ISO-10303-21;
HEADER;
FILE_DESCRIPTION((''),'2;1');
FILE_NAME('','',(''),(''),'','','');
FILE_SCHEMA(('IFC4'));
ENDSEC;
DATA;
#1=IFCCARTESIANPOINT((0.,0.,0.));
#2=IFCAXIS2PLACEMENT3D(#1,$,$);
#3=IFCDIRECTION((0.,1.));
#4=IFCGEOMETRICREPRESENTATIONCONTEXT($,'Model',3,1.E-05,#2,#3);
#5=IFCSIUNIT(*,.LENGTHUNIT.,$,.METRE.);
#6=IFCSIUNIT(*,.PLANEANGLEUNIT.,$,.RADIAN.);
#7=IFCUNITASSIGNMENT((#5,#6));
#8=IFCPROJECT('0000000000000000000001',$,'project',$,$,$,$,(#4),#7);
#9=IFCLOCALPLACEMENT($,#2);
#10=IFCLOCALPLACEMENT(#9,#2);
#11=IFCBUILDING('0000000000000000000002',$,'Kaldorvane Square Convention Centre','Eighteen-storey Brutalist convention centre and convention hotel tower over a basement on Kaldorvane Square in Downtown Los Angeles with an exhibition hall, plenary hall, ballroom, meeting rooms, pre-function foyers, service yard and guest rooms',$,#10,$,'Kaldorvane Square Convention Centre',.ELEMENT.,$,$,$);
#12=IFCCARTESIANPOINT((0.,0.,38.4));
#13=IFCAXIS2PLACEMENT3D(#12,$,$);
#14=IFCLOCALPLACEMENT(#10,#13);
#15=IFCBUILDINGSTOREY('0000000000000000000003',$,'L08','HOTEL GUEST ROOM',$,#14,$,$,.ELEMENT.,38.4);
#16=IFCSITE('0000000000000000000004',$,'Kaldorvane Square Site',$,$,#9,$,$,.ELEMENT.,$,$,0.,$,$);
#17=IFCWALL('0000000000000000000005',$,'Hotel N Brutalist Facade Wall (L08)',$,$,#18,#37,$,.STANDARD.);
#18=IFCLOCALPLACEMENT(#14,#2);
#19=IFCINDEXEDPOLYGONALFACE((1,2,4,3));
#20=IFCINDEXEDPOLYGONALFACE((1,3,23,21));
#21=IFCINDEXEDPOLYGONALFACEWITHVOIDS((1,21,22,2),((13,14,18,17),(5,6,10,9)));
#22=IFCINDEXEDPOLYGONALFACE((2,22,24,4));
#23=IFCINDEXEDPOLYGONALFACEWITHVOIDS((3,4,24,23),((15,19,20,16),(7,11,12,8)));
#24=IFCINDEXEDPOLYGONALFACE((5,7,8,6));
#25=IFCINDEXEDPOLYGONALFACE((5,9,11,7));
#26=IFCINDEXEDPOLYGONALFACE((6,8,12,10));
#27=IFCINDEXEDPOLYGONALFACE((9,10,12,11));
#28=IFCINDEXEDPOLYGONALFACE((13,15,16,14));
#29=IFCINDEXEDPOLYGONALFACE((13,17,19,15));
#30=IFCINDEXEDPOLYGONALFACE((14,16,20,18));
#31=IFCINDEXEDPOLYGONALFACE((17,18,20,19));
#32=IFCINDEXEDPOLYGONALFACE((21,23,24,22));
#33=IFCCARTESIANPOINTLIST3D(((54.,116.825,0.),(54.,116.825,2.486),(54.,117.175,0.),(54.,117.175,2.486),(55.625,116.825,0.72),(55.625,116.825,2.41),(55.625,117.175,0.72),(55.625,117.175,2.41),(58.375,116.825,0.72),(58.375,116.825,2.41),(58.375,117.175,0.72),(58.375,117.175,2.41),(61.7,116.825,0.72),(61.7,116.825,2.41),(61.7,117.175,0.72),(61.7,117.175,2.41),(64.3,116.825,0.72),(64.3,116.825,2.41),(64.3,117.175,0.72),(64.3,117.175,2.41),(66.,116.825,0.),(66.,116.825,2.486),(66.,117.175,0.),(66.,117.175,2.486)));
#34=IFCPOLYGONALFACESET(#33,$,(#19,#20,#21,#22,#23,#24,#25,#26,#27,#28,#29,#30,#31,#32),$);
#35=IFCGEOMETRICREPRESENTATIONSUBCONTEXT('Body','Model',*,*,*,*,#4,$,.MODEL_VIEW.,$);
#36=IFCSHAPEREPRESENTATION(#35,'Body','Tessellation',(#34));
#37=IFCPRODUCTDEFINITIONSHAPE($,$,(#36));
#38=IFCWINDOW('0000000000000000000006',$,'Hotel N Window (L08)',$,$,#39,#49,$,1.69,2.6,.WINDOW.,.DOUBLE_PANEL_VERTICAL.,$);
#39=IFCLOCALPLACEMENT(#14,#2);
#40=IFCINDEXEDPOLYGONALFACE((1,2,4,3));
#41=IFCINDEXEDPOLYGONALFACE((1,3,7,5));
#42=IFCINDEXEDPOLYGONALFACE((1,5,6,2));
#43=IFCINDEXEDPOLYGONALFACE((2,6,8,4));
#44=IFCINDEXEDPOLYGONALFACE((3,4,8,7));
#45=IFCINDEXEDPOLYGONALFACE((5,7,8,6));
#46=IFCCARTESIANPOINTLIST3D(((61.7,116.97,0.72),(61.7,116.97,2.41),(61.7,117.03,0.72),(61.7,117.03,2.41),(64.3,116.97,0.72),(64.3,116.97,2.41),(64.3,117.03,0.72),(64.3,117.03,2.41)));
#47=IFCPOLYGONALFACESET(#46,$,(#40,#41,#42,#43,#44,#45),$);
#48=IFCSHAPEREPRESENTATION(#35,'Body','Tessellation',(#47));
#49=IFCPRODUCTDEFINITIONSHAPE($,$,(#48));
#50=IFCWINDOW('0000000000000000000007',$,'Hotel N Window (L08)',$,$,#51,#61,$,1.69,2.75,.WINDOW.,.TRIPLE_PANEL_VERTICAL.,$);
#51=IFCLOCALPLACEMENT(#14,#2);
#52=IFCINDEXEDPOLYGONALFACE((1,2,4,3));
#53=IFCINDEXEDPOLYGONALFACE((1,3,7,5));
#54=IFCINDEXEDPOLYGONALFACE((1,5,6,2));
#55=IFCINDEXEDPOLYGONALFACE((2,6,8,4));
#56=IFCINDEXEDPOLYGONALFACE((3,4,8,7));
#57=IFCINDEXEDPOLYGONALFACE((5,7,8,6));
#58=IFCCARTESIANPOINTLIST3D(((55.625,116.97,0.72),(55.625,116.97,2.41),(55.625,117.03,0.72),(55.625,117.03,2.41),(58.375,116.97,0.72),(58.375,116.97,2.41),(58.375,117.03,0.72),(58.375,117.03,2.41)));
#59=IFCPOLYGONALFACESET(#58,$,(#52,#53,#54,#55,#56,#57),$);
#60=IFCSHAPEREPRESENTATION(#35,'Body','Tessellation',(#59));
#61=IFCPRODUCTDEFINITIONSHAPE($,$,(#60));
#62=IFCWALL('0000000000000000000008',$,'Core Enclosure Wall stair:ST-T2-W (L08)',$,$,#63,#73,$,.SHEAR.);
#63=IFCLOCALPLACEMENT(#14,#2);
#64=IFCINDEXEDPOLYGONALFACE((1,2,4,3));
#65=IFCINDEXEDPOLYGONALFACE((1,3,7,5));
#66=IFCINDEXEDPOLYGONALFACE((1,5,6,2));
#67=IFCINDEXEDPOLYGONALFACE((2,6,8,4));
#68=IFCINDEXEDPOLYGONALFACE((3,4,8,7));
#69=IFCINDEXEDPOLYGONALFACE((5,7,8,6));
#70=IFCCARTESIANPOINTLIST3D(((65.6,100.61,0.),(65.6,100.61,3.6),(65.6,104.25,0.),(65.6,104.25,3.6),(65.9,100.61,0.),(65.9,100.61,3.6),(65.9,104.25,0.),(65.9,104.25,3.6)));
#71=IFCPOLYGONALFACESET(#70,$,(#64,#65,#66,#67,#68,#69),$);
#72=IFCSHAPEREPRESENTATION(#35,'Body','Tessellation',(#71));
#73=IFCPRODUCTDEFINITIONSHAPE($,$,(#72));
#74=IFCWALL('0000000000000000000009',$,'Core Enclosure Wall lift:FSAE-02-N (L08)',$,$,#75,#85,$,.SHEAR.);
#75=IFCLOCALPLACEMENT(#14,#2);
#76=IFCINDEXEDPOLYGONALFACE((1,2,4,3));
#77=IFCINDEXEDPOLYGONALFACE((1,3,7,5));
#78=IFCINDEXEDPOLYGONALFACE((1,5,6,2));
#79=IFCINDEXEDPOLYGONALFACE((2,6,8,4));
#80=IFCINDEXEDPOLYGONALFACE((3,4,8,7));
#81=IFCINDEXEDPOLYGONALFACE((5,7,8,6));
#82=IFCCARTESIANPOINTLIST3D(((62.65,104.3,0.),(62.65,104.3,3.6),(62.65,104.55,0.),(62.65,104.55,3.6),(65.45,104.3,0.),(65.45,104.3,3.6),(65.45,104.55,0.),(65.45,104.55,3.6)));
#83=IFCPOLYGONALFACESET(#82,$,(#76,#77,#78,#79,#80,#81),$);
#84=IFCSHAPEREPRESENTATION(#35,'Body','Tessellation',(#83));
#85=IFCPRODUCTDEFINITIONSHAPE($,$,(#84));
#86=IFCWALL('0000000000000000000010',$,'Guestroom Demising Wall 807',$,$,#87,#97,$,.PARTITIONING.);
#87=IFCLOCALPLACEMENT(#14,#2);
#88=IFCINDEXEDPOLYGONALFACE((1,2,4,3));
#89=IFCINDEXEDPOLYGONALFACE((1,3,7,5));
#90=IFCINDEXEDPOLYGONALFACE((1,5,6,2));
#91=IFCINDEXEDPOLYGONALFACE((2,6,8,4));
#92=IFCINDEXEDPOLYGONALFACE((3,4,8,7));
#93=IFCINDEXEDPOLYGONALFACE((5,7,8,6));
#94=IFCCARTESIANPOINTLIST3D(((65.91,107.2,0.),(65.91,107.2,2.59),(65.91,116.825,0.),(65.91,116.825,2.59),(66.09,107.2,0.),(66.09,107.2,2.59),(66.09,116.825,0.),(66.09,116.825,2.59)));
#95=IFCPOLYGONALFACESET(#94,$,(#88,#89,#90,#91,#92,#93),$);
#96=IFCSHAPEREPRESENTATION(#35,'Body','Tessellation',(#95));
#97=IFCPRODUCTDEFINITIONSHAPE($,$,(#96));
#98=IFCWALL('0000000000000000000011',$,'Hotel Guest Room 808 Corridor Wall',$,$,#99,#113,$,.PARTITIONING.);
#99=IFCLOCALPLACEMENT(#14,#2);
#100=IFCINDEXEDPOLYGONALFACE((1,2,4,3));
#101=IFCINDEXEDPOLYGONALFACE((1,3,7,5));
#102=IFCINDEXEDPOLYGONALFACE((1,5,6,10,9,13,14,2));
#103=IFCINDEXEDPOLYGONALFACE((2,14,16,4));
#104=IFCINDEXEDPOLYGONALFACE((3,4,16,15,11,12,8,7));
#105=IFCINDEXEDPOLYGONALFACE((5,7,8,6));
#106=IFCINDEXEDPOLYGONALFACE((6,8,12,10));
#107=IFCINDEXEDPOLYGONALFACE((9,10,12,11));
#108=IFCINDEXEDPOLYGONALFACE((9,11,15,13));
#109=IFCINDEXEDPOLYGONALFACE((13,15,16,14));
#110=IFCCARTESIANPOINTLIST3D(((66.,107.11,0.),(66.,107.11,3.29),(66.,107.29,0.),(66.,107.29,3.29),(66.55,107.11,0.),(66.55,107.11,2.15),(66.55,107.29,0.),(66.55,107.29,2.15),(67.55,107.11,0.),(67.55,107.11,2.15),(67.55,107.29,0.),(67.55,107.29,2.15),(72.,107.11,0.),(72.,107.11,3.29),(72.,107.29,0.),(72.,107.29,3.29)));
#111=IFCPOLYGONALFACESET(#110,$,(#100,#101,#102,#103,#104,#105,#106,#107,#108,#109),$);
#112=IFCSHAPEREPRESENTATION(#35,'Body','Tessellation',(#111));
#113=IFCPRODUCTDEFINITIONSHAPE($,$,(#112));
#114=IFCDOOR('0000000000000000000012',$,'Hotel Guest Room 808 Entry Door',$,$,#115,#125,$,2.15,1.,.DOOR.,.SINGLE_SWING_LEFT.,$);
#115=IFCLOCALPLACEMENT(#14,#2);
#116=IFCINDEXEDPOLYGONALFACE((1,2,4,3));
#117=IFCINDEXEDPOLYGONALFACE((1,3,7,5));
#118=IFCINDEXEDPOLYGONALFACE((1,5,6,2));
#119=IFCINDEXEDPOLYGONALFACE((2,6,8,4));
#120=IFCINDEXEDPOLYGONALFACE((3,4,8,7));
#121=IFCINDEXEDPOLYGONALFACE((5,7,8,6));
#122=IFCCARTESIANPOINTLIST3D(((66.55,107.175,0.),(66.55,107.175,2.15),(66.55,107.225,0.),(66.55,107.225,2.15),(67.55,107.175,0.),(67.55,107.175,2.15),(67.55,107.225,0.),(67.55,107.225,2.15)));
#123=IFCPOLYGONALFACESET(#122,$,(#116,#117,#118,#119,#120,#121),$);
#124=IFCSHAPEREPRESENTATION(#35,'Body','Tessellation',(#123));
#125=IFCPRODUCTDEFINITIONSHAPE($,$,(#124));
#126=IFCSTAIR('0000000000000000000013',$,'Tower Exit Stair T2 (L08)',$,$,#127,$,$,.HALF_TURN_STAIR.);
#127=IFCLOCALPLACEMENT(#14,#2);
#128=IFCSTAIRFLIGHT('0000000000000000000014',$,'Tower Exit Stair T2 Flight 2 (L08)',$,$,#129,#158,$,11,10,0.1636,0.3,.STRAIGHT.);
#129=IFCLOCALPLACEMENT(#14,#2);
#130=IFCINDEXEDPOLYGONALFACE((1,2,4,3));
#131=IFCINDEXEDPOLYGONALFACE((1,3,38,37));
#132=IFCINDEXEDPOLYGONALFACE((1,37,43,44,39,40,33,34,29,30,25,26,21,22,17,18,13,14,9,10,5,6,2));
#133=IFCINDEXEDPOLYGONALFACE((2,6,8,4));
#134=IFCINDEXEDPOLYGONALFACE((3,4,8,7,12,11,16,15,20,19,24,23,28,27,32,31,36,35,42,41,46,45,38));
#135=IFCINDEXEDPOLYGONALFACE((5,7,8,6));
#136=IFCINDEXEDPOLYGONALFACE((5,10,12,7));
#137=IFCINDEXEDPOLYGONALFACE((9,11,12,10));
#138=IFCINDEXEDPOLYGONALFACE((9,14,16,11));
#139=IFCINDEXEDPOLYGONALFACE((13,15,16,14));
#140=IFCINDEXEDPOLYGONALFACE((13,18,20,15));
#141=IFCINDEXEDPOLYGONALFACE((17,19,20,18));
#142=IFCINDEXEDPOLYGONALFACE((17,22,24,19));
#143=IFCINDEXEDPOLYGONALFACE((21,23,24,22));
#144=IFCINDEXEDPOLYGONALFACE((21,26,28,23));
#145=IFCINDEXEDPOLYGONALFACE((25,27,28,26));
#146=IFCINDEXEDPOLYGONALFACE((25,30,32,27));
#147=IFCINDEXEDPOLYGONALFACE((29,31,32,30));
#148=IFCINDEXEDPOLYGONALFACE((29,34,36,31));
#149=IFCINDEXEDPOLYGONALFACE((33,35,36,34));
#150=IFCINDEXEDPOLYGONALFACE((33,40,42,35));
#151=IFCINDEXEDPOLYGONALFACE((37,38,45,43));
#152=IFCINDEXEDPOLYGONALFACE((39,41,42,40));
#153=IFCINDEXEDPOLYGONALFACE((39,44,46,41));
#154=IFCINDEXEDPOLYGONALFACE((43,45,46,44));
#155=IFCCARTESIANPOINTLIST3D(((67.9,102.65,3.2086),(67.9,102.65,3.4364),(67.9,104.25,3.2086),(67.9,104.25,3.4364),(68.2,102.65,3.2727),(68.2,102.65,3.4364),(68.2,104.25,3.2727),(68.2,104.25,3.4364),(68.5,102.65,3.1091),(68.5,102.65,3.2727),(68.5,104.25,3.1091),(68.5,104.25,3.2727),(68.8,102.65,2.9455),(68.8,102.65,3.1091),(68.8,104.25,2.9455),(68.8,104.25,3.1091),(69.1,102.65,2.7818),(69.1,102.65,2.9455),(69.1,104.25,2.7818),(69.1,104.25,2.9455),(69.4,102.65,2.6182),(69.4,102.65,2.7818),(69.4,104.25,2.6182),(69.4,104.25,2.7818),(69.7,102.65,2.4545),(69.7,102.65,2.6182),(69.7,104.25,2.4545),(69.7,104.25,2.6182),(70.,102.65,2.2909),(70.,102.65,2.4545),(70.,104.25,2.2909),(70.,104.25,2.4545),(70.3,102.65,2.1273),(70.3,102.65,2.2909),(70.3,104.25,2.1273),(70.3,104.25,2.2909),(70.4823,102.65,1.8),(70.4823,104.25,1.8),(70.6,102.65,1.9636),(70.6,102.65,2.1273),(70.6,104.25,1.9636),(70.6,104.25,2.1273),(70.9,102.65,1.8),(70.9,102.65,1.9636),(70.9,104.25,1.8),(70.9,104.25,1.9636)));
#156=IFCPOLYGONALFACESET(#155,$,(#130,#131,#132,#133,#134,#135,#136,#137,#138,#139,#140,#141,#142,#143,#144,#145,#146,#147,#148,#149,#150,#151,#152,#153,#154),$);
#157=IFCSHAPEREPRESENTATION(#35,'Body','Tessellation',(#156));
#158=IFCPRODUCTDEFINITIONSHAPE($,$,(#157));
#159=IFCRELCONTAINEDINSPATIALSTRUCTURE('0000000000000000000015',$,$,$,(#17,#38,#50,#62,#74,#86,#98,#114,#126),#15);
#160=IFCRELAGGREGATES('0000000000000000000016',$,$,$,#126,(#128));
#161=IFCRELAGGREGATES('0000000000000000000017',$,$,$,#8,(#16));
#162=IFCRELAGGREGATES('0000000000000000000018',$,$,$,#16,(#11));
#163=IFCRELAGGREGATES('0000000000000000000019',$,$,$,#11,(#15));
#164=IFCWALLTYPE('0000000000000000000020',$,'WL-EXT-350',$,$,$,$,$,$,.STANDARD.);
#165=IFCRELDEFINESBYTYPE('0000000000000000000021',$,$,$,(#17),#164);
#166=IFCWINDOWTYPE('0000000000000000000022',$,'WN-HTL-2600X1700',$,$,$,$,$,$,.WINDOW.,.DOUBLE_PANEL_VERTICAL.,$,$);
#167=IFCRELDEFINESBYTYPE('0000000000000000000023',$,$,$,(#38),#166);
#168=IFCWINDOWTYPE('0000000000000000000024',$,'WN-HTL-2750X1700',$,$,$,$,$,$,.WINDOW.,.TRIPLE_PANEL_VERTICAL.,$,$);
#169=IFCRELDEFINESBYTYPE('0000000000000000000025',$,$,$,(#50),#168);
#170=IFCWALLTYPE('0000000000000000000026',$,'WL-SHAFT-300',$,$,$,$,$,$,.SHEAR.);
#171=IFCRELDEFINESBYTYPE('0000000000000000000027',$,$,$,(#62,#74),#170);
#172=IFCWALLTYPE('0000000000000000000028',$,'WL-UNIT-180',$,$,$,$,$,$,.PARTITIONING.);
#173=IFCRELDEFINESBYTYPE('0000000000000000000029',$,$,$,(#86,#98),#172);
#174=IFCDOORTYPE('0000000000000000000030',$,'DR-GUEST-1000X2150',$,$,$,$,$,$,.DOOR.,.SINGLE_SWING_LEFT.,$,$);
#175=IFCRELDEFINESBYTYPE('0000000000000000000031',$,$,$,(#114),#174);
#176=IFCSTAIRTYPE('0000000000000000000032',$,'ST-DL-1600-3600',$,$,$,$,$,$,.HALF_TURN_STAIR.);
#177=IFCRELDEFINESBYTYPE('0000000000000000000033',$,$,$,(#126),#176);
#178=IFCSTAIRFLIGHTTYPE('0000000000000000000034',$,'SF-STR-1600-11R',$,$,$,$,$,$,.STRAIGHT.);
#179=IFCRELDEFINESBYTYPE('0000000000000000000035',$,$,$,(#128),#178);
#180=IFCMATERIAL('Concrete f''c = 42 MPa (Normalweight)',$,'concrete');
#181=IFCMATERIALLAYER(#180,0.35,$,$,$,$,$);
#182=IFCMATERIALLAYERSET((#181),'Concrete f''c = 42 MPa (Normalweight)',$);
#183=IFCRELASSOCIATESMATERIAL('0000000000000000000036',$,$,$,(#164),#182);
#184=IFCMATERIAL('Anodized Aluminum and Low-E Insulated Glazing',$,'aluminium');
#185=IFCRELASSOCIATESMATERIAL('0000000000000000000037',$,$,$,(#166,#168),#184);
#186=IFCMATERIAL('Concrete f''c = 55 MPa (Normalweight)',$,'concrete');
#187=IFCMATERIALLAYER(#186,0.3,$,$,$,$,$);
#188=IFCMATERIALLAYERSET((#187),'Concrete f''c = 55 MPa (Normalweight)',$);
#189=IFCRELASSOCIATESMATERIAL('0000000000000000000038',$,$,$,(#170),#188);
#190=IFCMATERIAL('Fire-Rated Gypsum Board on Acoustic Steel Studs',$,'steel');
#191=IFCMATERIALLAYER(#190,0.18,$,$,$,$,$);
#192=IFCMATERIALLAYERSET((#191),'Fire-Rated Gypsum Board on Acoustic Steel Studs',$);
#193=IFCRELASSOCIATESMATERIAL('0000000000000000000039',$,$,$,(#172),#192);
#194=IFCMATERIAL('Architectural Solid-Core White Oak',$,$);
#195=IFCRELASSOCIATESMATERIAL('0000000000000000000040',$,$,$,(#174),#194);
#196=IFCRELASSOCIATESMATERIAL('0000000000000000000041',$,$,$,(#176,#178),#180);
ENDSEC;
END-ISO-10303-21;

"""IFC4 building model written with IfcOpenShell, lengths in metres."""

from ifc_helpers import new_model, si_unit, direction, frame, frame_2d, origin, place, context, subcontext, project, spatial, polyline, rectangle, outline, extrude, material, layer, layer_set, type_object, element, fill, aggregate, save


model = new_model("IFC4")

# Units and contexts
model_context = context("Model", 3, precision=1e-05, world=origin(), true_north=direction((0.0, 1.0)))
body_context = subcontext(model_context, "Body", "Model", "MODEL_VIEW")
ifc_project = project(units=[si_unit("LENGTHUNIT", "METRE"), si_unit("PLANEANGLEUNIT", "RADIAN")], contexts=[model_context])

# Site, building, storey
site_placement = place(None, origin())
site = spatial("IfcSite", under=ifc_project, at=site_placement, Name="Kaldorvane Square Site", CompositionType="ELEMENT", RefElevation=0.0)
building_placement = place(site_placement, origin())
building = spatial("IfcBuilding", under=site, at=building_placement, Name="Kaldorvane Square Convention Centre", Description="Eighteen-storey Brutalist convention centre and convention hotel tower over a basement on Kaldorvane Square in Downtown Los Angeles with an exhibition hall, plenary hall, ballroom, meeting rooms, pre-function foyers, service yard and guest rooms", LongName="Kaldorvane Square Convention Centre", CompositionType="ELEMENT")
storey_placement = place(building_placement, frame((0.0, 0.0, 38.4)))
storey = spatial("IfcBuildingStorey", under=building, at=storey_placement, Name="L08", Description="HOTEL GUEST ROOM", CompositionType="ELEMENT", Elevation=38.4)

# Shared definitions
ifc_material_1 = material(Name="Concrete f'c = 42 MPa (Normalweight)", Category="concrete")

# Shared definitions
ifc_material_2 = material(Name="Fire-Rated Gypsum Board on Acoustic Steel Studs", Category="steel")
ifc_material_3 = material(Name="Architectural Solid-Core White Oak")

# Wall, openings, windows
ifc_layer_1 = layer(ifc_material_1, 0.35)
ifc_layer_set_1 = layer_set([ifc_layer_1], Name="Concrete f'c = 42 MPa (Normalweight)")
wall_type_1 = type_object("IfcWallType", Name="WL-EXT-350", PredefinedType="STANDARD", material=ifc_layer_set_1)
wall_1_placement = place(storey_placement, frame((66.0, 117.0, 0.0), z_axis=(0.0, 0.0, 1.0), x_axis=(-1.0, 0.0, 0.0)))
wall_1 = element("IfcWall", 1, at=wall_1_placement, inside=storey, type_object=wall_type_1, Name="Hotel N Brutalist Facade Wall (L08)", PredefinedType="STANDARD", context=body_context, shape_type="SweptSolid", body=[
    extrude(rectangle(XDim=12.0, YDim=0.35, at=frame_2d((6.0, 0.0))), origin(), (0.0, 0.0, 1.0), 2.486),
])
opening_1_placement = place(wall_1_placement, frame((1.7, 0.0, 0.72)))
opening_1 = element("IfcOpeningElement", 2, at=opening_1_placement, cuts=wall_1, PredefinedType="OPENING", context=body_context, shape_type="SweptSolid", body=[
    extrude(rectangle(XDim=2.6, YDim=1.69, at=frame_2d((1.3, 0.845))), frame((0.0, 0.19, 0.0), z_axis=(0.0, -1.0, 0.0), x_axis=(1.0, 0.0, 0.0)), (0.0, 0.0, 1.0), 0.38),
])
opening_2_placement = place(wall_1_placement, frame((7.625, 0.0, 0.72)))
opening_2 = element("IfcOpeningElement", 3, at=opening_2_placement, cuts=wall_1, PredefinedType="OPENING", context=body_context, shape_type="SweptSolid", body=[
    extrude(rectangle(XDim=2.75, YDim=1.69, at=frame_2d((1.375, 0.845))), frame((0.0, 0.19, 0.0), z_axis=(0.0, -1.0, 0.0), x_axis=(1.0, 0.0, 0.0)), (0.0, 0.0, 1.0), 0.38),
])
ifc_material_4 = material(Name="Anodized Aluminum and Low-E Insulated Glazing", Category="aluminium")
window_type_1 = type_object("IfcWindowType", Name="WN-HTL-2600X1700", PartitioningType="DOUBLE_PANEL_VERTICAL", PredefinedType="WINDOW", material=ifc_material_4)
window_1_placement = place(opening_1_placement, origin())
window_1 = element("IfcWindow", 4, at=window_1_placement, inside=storey, type_object=window_type_1, Name="Hotel N Window (L08)", OverallHeight=1.69, OverallWidth=2.6, PartitioningType="DOUBLE_PANEL_VERTICAL", PredefinedType="WINDOW", context=body_context, shape_type="SweptSolid", body=[
    extrude(rectangle(XDim=2.6, YDim=1.69, at=frame_2d((1.3, 0.845))), frame((0.0, 0.03, 0.0), z_axis=(0.0, -1.0, 0.0), x_axis=(1.0, 0.0, 0.0)), (0.0, 0.0, 1.0), 0.06),
])
fill(opening_1, window_1)
window_type_2 = type_object("IfcWindowType", Name="WN-HTL-2750X1700", PartitioningType="TRIPLE_PANEL_VERTICAL", PredefinedType="WINDOW", material=ifc_material_4)
window_2_placement = place(opening_2_placement, origin())
window_2 = element("IfcWindow", 5, at=window_2_placement, inside=storey, type_object=window_type_2, Name="Hotel N Window (L08)", OverallHeight=1.69, OverallWidth=2.75, PartitioningType="TRIPLE_PANEL_VERTICAL", PredefinedType="WINDOW", context=body_context, shape_type="SweptSolid", body=[
    extrude(rectangle(XDim=2.75, YDim=1.69, at=frame_2d((1.375, 0.845))), frame((0.0, 0.03, 0.0), z_axis=(0.0, -1.0, 0.0), x_axis=(1.0, 0.0, 0.0)), (0.0, 0.0, 1.0), 0.06),
])
fill(opening_2, window_2)

# Walls
ifc_material_5 = material(Name="Concrete f'c = 55 MPa (Normalweight)", Category="concrete")
ifc_layer_2 = layer(ifc_material_5, 0.3)
ifc_layer_set_2 = layer_set([ifc_layer_2], Name="Concrete f'c = 55 MPa (Normalweight)")
wall_type_2 = type_object("IfcWallType", Name="WL-SHAFT-300", PredefinedType="SHEAR", material=ifc_layer_set_2)
wall_2_placement = place(storey_placement, frame((65.75, 104.25, 0.0), z_axis=(0.0, 0.0, 1.0), x_axis=(0.0, -1.0, 0.0)))
element("IfcWall", 6, at=wall_2_placement, inside=storey, type_object=wall_type_2, Name="Core Enclosure Wall stair:ST-T2-W (L08)", PredefinedType="SHEAR", context=body_context, shape_type="SweptSolid", body=[
    extrude(rectangle(XDim=3.64, YDim=0.3, at=frame_2d((1.82, 0.0))), origin(), (0.0, 0.0, 1.0), 3.6),
])
wall_3_placement = place(storey_placement, frame((65.45, 104.425, 0.0), z_axis=(0.0, 0.0, 1.0), x_axis=(-1.0, 0.0, 0.0)))
element("IfcWall", 7, at=wall_3_placement, inside=storey, type_object=wall_type_2, Name="Core Enclosure Wall lift:FSAE-02-N (L08)", PredefinedType="SHEAR", context=body_context, shape_type="SweptSolid", body=[
    extrude(rectangle(XDim=2.8, YDim=0.25, at=frame_2d((1.4, 0.0))), origin(), (0.0, 0.0, 1.0), 3.6),
])
ifc_layer_3 = layer(ifc_material_2, 0.18)
ifc_layer_set_3 = layer_set([ifc_layer_3], Name="Fire-Rated Gypsum Board on Acoustic Steel Studs")
wall_type_3 = type_object("IfcWallType", Name="WL-UNIT-180", PredefinedType="PARTITIONING", material=ifc_layer_set_3)
wall_4_placement = place(storey_placement, frame((66.0, 107.2, 0.0), z_axis=(0.0, 0.0, 1.0), x_axis=(0.0, 1.0, 0.0)))
element("IfcWall", 8, at=wall_4_placement, inside=storey, type_object=wall_type_3, Name="Guestroom Demising Wall 807", PredefinedType="PARTITIONING", context=body_context, shape_type="SweptSolid", body=[
    extrude(rectangle(XDim=9.625, YDim=0.18, at=frame_2d((4.8125, 0.0))), origin(), (0.0, 0.0, 1.0), 2.59),
])

# Wall, opening, door
wall_5_placement = place(storey_placement, frame((66.0, 107.2, 0.0), z_axis=(0.0, 0.0, 1.0), x_axis=(1.0, 0.0, 0.0)))
wall_5 = element("IfcWall", 9, at=wall_5_placement, inside=storey, type_object=wall_type_3, Name="Hotel Guest Room 808 Corridor Wall", PredefinedType="PARTITIONING", context=body_context, shape_type="SweptSolid", body=[
    extrude(rectangle(XDim=6.0, YDim=0.18, at=frame_2d((3.0, 0.0))), origin(), (0.0, 0.0, 1.0), 3.29),
])
opening_3_placement = place(wall_5_placement, frame((0.55, 0.0, 0.0)))
opening_3 = element("IfcOpeningElement", 10, at=opening_3_placement, cuts=wall_5, PredefinedType="OPENING", context=body_context, shape_type="SweptSolid", body=[
    extrude(rectangle(XDim=1.0, YDim=2.15, at=frame_2d((0.5, 1.075))), frame((0.0, 0.105, 0.0), z_axis=(0.0, -1.0, 0.0), x_axis=(1.0, 0.0, 0.0)), (0.0, 0.0, 1.0), 0.21),
])
door_type_1 = type_object("IfcDoorType", Name="DR-GUEST-1000X2150", OperationType="SINGLE_SWING_LEFT", PredefinedType="DOOR", material=ifc_material_3)
door_1_placement = place(opening_3_placement, origin())
door_1 = element("IfcDoor", 11, at=door_1_placement, inside=storey, type_object=door_type_1, Name="Hotel Guest Room 808 Entry Door", OperationType="SINGLE_SWING_LEFT", OverallHeight=2.15, OverallWidth=1.0, PredefinedType="DOOR", context=body_context, shape_type="SweptSolid", body=[
    extrude(rectangle(XDim=1.0, YDim=2.15, at=frame_2d((0.5, 1.075))), frame((0.0, 0.025, 0.0), z_axis=(0.0, -1.0, 0.0), x_axis=(1.0, 0.0, 0.0)), (0.0, 0.0, 1.0), 0.05),
])
fill(opening_3, door_1)

# Stair, stair flight
stair_type = type_object("IfcStairType", Name="ST-DL-1600-3600", PredefinedType="HALF_TURN_STAIR", material=ifc_material_1)
stair_placement = place(storey_placement, origin())
stair = element("IfcStair", 12, at=stair_placement, inside=storey, type_object=stair_type, Name="Tower Exit Stair T2 (L08)", PredefinedType="HALF_TURN_STAIR")
stair_flight_type = type_object("IfcStairFlightType", Name="SF-STR-1600-11R", PredefinedType="STRAIGHT", material=ifc_material_1)
stair_flight_placement = place(storey_placement, frame((70.9, 103.45, 1.8), z_axis=(0.0, 0.0, 1.0), x_axis=(-1.0, 0.0, 0.0)))
stair_flight = element("IfcStairFlight", 13, at=stair_flight_placement, type_object=stair_flight_type, Name="Tower Exit Stair T2 Flight 2 (L08)", NumberOfRisers=11, NumberOfTreads=10, PredefinedType="STRAIGHT", RiserHeight=0.1636, TreadLength=0.3, context=body_context, shape_type="SweptSolid", body=[
    extrude(outline(polyline([(0.0, 0.0), (0.0, 0.1636), (0.3, 0.1636), (0.3, 0.3273), (0.6, 0.3273), (0.6, 0.4909), (0.9, 0.4909), (0.9, 0.6545), (1.2, 0.6545), (1.2, 0.8182), (1.5, 0.8182), (1.5, 0.9818), (1.8, 0.9818), (1.8, 1.1455), (2.1, 1.1455), (2.1, 1.3091), (2.4, 1.3091), (2.4, 1.4727), (2.7, 1.4727), (2.7, 1.6364), (3.0, 1.6364), (3.0, 1.8), (3.0, 1.4086), (0.4177, 0.0), (0.0, 0.0)])), frame((0.0, 0.8, 0.0), z_axis=(0.0, -1.0, 0.0), x_axis=(1.0, 0.0, 0.0)), (0.0, 0.0, 1.0), 1.6),
])
aggregate(stair, [stair_flight])

save(model, "model.ifc")
